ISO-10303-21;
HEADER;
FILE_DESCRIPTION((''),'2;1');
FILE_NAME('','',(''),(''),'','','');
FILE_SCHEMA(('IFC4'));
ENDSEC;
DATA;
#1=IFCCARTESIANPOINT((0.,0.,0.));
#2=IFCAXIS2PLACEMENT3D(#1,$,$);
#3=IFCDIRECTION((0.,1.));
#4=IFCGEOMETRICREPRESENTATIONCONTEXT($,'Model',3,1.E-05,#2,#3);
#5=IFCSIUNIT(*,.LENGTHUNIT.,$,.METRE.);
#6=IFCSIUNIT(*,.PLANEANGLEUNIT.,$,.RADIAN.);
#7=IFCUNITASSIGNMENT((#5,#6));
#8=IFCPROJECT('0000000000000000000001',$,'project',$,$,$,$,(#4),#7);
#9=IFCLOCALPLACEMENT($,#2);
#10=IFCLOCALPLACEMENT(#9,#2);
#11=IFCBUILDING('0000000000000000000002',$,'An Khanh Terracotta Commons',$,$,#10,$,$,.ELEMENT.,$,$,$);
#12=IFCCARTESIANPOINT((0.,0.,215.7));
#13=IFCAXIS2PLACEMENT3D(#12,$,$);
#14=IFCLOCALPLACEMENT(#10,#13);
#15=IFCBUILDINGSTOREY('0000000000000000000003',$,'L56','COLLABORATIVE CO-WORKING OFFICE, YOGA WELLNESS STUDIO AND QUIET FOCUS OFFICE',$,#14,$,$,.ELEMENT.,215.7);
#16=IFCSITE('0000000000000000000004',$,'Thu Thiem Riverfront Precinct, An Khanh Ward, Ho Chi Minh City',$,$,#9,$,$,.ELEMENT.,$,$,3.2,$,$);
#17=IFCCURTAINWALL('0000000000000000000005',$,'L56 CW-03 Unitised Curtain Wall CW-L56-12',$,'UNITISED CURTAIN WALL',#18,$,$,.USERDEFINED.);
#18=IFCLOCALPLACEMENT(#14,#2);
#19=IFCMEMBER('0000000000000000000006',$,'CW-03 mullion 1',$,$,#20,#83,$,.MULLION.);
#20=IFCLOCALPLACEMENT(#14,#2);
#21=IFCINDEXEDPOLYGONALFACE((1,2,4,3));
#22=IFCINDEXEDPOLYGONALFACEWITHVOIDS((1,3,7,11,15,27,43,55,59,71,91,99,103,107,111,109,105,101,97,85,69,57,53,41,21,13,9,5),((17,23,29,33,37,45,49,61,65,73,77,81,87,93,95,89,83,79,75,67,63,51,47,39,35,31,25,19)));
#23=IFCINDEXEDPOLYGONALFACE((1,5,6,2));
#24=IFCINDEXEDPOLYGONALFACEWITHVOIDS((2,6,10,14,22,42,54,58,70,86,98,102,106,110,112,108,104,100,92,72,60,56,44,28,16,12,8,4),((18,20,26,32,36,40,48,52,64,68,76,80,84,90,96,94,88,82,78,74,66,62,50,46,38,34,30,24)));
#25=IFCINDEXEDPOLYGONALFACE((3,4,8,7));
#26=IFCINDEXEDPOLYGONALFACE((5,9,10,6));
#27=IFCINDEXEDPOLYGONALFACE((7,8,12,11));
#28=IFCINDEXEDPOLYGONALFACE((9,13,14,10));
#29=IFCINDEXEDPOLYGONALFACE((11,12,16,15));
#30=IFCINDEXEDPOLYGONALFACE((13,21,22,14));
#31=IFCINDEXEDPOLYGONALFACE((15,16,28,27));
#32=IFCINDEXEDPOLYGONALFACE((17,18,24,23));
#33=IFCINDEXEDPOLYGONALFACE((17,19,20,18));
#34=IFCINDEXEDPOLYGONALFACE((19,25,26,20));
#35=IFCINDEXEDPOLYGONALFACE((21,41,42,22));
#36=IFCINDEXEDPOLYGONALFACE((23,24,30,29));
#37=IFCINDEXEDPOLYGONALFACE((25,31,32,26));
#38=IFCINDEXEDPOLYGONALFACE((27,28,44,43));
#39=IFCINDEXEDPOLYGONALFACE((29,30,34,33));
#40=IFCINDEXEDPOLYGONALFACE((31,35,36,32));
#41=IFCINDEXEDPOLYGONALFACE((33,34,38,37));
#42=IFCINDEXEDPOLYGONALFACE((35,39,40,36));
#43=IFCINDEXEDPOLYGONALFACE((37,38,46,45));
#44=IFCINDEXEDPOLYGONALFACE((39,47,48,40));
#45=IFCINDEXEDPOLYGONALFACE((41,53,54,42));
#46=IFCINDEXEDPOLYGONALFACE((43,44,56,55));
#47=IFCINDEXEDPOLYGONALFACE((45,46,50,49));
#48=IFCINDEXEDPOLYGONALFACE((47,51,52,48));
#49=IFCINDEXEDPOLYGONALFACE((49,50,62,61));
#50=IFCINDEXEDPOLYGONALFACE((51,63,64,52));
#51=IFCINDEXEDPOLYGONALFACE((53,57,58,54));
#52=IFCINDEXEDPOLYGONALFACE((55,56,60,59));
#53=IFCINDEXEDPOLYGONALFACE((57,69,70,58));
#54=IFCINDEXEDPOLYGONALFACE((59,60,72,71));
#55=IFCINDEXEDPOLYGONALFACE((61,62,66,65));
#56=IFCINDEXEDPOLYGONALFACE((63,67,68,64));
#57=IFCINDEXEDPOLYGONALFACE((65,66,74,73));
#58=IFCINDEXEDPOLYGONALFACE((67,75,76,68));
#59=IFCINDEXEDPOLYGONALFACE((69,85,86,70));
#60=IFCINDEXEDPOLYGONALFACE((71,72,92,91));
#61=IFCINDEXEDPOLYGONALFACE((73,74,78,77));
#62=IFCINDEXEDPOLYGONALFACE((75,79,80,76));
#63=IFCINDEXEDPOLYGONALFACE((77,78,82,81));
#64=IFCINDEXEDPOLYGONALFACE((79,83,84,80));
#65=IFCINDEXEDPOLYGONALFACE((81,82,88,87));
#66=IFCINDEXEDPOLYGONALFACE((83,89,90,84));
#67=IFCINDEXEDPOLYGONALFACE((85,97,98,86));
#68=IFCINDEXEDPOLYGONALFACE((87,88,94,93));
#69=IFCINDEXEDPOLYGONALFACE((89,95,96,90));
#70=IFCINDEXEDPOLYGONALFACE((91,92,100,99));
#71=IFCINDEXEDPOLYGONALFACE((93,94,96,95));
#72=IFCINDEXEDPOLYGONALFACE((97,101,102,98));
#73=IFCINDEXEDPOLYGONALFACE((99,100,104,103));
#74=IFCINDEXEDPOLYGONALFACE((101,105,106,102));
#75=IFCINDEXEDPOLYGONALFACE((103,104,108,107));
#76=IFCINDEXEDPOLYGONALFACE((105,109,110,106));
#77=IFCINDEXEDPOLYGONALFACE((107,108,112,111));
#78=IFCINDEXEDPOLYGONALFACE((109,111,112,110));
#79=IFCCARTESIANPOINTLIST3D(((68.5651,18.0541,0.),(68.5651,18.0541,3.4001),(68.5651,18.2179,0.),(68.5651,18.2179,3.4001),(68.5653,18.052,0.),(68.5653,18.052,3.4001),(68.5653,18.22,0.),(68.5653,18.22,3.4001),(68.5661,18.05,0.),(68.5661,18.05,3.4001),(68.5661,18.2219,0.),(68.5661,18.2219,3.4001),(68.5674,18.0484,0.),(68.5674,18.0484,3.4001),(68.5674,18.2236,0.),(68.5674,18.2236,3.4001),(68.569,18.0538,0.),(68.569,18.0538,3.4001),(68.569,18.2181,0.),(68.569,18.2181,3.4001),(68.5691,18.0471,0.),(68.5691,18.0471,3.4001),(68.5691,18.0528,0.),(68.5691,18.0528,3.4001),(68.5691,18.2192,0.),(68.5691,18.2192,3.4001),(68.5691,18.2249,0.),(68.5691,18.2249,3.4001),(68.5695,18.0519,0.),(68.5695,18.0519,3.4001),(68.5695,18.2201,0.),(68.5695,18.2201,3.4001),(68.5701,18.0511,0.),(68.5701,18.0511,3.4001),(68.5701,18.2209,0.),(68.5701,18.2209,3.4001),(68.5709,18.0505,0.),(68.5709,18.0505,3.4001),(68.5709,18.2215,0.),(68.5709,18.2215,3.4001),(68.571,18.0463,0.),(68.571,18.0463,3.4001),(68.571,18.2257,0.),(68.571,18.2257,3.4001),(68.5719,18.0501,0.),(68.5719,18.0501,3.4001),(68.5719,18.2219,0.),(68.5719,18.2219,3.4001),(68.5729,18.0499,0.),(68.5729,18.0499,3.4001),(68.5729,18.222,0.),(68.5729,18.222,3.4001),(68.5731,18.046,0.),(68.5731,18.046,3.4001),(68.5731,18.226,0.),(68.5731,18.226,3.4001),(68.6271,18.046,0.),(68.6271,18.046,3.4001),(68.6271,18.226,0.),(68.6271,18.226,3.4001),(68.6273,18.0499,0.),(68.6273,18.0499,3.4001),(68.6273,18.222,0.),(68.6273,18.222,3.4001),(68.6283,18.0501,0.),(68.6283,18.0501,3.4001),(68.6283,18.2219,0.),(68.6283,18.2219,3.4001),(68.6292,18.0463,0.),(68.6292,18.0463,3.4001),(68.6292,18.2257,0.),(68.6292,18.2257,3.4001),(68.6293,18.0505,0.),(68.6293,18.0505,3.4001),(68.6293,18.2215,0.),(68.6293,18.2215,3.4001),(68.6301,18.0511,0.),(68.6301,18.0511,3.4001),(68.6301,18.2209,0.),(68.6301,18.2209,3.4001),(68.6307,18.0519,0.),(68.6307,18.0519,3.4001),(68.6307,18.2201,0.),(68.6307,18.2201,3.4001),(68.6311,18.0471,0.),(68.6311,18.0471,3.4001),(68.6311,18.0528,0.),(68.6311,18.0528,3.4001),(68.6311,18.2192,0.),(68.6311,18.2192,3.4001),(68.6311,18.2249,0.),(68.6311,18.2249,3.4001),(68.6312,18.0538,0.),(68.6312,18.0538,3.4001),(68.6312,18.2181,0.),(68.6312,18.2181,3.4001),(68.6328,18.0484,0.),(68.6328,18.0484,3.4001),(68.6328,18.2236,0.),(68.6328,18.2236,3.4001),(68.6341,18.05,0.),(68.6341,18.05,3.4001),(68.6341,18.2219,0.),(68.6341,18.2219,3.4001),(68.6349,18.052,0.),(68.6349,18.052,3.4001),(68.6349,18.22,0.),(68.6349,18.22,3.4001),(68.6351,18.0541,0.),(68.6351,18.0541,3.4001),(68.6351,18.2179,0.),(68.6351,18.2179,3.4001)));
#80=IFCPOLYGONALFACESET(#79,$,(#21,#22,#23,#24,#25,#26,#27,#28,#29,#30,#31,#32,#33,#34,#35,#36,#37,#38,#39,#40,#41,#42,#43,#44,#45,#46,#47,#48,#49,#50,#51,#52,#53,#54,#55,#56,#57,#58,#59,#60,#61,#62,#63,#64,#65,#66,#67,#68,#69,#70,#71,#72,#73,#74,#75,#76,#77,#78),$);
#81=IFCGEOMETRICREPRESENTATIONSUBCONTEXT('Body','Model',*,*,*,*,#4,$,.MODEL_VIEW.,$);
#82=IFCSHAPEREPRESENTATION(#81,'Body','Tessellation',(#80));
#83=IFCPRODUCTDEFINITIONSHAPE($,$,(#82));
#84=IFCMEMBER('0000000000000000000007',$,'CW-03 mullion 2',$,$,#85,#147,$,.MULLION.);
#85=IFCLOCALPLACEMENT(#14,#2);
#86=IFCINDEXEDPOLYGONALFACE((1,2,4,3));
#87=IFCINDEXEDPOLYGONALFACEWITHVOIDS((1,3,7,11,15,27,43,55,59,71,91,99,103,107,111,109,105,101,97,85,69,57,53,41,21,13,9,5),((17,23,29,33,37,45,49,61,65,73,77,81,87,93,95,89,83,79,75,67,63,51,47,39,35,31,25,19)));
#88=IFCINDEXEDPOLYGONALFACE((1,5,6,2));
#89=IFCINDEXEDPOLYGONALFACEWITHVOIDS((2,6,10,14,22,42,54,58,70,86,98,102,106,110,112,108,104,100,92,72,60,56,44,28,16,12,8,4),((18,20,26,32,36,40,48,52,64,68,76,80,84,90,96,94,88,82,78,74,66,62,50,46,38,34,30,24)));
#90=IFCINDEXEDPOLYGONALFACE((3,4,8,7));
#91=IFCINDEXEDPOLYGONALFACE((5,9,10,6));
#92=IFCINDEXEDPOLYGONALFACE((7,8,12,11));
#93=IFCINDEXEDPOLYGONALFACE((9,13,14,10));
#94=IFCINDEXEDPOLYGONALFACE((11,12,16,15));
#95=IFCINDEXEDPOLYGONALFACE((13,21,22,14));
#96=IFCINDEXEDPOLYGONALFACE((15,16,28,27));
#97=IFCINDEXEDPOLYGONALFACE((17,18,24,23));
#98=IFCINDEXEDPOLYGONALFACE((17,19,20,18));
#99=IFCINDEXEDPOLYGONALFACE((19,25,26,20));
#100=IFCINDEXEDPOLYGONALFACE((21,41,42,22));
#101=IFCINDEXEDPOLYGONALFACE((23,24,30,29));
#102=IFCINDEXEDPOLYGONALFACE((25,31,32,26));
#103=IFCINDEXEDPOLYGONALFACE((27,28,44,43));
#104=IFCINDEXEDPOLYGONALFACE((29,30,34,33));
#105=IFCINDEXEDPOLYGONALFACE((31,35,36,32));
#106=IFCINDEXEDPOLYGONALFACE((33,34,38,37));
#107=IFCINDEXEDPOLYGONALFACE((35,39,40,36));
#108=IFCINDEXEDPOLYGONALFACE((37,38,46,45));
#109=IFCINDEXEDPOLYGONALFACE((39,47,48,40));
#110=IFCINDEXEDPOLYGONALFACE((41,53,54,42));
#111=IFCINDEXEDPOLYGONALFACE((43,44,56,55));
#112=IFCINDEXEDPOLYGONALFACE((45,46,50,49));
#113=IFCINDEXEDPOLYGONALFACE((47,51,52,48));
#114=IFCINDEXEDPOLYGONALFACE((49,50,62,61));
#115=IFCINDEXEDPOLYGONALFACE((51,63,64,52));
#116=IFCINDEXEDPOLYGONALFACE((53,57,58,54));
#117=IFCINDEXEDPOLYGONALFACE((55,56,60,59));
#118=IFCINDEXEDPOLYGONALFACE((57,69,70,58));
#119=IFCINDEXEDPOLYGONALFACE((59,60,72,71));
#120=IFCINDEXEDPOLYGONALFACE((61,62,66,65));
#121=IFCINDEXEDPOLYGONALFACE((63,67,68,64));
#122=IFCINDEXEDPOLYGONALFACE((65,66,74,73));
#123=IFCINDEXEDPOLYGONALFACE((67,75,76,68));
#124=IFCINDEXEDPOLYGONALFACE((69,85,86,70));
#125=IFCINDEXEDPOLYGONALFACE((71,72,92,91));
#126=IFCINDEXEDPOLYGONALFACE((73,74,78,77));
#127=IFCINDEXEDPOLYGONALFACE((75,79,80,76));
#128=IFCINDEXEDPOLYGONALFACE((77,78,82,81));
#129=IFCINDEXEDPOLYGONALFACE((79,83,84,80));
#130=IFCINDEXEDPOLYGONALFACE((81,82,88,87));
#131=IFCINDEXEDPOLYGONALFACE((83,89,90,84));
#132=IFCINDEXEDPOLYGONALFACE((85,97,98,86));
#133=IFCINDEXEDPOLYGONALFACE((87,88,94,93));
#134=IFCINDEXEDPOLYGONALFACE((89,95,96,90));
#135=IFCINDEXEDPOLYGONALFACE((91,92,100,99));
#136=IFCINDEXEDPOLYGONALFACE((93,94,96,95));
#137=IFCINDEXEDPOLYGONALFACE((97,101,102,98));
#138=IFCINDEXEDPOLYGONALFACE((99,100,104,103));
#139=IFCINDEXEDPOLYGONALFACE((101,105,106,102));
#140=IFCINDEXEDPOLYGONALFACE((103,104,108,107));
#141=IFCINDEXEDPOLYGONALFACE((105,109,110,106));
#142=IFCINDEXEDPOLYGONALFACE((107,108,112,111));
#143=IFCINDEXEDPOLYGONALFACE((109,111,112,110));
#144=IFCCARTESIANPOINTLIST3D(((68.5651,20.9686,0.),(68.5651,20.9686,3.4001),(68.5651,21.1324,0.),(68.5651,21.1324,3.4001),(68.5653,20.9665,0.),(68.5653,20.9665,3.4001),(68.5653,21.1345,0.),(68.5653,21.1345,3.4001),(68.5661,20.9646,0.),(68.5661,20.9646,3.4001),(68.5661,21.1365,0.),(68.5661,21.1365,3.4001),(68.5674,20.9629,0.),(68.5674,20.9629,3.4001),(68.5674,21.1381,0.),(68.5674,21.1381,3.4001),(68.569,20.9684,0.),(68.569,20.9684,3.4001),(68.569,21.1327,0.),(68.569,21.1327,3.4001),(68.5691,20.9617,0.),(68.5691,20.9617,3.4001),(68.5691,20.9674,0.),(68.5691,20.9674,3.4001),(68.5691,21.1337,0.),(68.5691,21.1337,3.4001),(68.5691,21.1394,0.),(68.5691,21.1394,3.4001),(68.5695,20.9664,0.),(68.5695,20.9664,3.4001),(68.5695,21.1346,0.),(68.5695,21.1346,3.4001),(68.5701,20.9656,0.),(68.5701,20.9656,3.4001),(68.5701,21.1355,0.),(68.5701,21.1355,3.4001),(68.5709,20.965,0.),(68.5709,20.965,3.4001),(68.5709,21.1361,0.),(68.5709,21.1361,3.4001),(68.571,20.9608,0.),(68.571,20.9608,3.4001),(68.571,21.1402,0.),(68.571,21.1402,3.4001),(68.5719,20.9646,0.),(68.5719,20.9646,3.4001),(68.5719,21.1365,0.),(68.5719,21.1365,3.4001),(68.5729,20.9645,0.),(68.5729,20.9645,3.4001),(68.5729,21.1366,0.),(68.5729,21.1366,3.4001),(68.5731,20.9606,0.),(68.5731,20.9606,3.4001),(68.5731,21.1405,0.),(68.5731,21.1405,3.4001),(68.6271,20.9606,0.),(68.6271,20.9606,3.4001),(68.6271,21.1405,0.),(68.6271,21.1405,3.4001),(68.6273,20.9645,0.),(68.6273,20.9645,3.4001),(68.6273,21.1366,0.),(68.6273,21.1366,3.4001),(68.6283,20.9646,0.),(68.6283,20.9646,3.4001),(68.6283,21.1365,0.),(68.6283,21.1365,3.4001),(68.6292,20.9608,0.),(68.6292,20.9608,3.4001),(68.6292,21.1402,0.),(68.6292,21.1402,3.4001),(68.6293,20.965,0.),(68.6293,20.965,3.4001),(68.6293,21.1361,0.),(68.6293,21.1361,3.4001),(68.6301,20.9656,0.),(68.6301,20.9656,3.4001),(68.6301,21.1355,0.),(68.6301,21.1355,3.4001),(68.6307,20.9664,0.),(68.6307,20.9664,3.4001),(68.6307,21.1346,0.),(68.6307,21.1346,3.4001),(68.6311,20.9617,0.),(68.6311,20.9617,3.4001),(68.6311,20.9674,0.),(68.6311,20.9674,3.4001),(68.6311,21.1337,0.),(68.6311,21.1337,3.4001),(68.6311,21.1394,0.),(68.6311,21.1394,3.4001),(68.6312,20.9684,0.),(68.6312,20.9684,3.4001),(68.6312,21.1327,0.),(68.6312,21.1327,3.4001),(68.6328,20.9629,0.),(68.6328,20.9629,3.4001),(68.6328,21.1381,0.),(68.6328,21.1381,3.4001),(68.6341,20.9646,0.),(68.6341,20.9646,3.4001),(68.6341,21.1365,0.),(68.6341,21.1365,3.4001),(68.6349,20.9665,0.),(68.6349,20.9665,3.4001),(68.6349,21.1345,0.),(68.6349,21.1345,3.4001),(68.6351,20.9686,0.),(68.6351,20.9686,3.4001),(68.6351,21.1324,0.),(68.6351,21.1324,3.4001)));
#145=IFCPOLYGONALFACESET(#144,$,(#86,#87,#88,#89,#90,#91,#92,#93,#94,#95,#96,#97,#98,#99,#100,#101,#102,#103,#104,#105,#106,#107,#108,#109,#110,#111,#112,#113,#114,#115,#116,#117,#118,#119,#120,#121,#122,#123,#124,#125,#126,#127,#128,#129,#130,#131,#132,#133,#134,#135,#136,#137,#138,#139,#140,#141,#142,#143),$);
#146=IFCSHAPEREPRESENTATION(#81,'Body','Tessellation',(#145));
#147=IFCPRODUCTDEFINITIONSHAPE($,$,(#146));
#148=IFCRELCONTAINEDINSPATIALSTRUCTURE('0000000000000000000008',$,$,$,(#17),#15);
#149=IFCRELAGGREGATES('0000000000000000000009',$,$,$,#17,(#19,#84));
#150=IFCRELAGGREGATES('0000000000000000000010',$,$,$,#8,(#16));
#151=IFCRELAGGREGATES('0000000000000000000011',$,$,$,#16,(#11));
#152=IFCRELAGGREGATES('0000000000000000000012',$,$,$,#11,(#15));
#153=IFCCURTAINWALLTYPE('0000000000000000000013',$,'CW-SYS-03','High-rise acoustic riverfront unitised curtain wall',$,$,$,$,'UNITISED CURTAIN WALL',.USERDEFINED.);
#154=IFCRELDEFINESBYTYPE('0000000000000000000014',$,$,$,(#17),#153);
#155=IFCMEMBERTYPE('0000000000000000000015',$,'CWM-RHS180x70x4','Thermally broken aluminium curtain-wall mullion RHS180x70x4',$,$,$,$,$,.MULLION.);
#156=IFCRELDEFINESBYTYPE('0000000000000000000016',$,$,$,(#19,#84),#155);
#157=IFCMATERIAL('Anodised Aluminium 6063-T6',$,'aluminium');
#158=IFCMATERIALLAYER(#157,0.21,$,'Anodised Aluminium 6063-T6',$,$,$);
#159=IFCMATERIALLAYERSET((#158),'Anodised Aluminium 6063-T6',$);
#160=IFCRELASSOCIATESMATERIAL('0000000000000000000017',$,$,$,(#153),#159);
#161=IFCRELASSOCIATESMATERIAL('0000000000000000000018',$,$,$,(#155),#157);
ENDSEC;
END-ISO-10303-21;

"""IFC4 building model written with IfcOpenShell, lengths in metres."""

from ifc_helpers import new_model, si_unit, direction, frame, origin, origin_2d, place, context, subcontext, project, spatial, hollow_rectangle, extrude, material, layer, layer_set, material_profile, profile_set, type_object, element, aggregate, save


model = new_model("IFC4")

# Units and contexts
model_context = context("Model", 3, precision=1e-05, world=origin(), true_north=direction((0.0, 1.0)))
body_context = subcontext(model_context, "Body", "Model", "MODEL_VIEW")
ifc_project = project(units=[si_unit("LENGTHUNIT", "METRE"), si_unit("PLANEANGLEUNIT", "RADIAN")], contexts=[model_context])

# Site, building, storey
site_placement = place(None, origin())
site = spatial("IfcSite", under=ifc_project, at=site_placement, Name="Thu Thiem Riverfront Precinct, An Khanh Ward, Ho Chi Minh City", CompositionType="ELEMENT", RefElevation=3.2)
building_placement = place(site_placement, origin())
building = spatial("IfcBuilding", under=site, at=building_placement, Name="An Khanh Terracotta Commons", CompositionType="ELEMENT")
storey_placement = place(building_placement, frame((0.0, 0.0, 215.7)))
storey = spatial("IfcBuildingStorey", under=building, at=storey_placement, Name="L56", Description="COLLABORATIVE CO-WORKING OFFICE, YOGA WELLNESS STUDIO AND QUIET FOCUS OFFICE", CompositionType="ELEMENT", Elevation=215.7)

# Curtain wall, members
ifc_material_1 = material(Name="Anodised Aluminium 6063-T6", Category="aluminium")
ifc_layer_1 = layer(ifc_material_1, 0.21, Name="Anodised Aluminium 6063-T6")
ifc_layer_set_1 = layer_set([ifc_layer_1], Name="Anodised Aluminium 6063-T6")
curtain_wall_type = type_object("IfcCurtainWallType", Name="CW-SYS-03", Description="High-rise acoustic riverfront unitised curtain wall", ElementType="UNITISED CURTAIN WALL", PredefinedType="USERDEFINED", material=ifc_layer_set_1)
ifc_material_profile_1 = material_profile(ifc_material_1, hollow_rectangle(XDim=0.0701, YDim=0.1799, WallThickness=0.0039, InnerFilletRadius=0.0039, OuterFilletRadius=0.0081, at=origin_2d()), Name="RHS180x70x4")
ifc_profile_set_1 = profile_set([ifc_material_profile_1], Name="Anodised Aluminium 6063-T6")
member_type_1 = type_object("IfcMemberType", Name="CWM-RHS180x70x4", Description="Thermally broken aluminium curtain-wall mullion RHS180x70x4", PredefinedType="MULLION", material=ifc_profile_set_1)
curtain_wall_1_placement = place(storey_placement, origin())
curtain_wall_1 = element("IfcCurtainWall", 1, at=curtain_wall_1_placement, inside=storey, type_object=curtain_wall_type, Name="L56 CW-03 Unitised Curtain Wall CW-L56-12", ObjectType="UNITISED CURTAIN WALL", PredefinedType="USERDEFINED")
member_1_placement = place(storey_placement, frame((68.6001, 18.136, 0.0), z_axis=(0.0, 0.0, 1.0), x_axis=(-1.0, 0.0, 0.0)))
member_1 = element("IfcMember", 2, at=member_1_placement, type_object=member_type_1, Name="CW-03 mullion 1", PredefinedType="MULLION", context=body_context, shape_type="SweptSolid", body=[
    extrude(hollow_rectangle(XDim=0.0701, YDim=0.1799, WallThickness=0.0039, InnerFilletRadius=0.0039, OuterFilletRadius=0.0081, at=origin_2d()), origin(), (0.0, 0.0, 1.0), 3.4001),
])
member_2_placement = place(storey_placement, frame((68.6001, 21.0505, 0.0), z_axis=(0.0, 0.0, 1.0), x_axis=(-1.0, 0.0, 0.0)))
member_2 = element("IfcMember", 3, at=member_2_placement, type_object=member_type_1, Name="CW-03 mullion 2", PredefinedType="MULLION", context=body_context, shape_type="SweptSolid", body=[
    extrude(hollow_rectangle(XDim=0.0701, YDim=0.1799, WallThickness=0.0039, InnerFilletRadius=0.0039, OuterFilletRadius=0.0081, at=origin_2d()), origin(), (0.0, 0.0, 1.0), 3.4001),
])

aggregate(curtain_wall_1, [member_1, member_2])

save(model, "model.ifc")
